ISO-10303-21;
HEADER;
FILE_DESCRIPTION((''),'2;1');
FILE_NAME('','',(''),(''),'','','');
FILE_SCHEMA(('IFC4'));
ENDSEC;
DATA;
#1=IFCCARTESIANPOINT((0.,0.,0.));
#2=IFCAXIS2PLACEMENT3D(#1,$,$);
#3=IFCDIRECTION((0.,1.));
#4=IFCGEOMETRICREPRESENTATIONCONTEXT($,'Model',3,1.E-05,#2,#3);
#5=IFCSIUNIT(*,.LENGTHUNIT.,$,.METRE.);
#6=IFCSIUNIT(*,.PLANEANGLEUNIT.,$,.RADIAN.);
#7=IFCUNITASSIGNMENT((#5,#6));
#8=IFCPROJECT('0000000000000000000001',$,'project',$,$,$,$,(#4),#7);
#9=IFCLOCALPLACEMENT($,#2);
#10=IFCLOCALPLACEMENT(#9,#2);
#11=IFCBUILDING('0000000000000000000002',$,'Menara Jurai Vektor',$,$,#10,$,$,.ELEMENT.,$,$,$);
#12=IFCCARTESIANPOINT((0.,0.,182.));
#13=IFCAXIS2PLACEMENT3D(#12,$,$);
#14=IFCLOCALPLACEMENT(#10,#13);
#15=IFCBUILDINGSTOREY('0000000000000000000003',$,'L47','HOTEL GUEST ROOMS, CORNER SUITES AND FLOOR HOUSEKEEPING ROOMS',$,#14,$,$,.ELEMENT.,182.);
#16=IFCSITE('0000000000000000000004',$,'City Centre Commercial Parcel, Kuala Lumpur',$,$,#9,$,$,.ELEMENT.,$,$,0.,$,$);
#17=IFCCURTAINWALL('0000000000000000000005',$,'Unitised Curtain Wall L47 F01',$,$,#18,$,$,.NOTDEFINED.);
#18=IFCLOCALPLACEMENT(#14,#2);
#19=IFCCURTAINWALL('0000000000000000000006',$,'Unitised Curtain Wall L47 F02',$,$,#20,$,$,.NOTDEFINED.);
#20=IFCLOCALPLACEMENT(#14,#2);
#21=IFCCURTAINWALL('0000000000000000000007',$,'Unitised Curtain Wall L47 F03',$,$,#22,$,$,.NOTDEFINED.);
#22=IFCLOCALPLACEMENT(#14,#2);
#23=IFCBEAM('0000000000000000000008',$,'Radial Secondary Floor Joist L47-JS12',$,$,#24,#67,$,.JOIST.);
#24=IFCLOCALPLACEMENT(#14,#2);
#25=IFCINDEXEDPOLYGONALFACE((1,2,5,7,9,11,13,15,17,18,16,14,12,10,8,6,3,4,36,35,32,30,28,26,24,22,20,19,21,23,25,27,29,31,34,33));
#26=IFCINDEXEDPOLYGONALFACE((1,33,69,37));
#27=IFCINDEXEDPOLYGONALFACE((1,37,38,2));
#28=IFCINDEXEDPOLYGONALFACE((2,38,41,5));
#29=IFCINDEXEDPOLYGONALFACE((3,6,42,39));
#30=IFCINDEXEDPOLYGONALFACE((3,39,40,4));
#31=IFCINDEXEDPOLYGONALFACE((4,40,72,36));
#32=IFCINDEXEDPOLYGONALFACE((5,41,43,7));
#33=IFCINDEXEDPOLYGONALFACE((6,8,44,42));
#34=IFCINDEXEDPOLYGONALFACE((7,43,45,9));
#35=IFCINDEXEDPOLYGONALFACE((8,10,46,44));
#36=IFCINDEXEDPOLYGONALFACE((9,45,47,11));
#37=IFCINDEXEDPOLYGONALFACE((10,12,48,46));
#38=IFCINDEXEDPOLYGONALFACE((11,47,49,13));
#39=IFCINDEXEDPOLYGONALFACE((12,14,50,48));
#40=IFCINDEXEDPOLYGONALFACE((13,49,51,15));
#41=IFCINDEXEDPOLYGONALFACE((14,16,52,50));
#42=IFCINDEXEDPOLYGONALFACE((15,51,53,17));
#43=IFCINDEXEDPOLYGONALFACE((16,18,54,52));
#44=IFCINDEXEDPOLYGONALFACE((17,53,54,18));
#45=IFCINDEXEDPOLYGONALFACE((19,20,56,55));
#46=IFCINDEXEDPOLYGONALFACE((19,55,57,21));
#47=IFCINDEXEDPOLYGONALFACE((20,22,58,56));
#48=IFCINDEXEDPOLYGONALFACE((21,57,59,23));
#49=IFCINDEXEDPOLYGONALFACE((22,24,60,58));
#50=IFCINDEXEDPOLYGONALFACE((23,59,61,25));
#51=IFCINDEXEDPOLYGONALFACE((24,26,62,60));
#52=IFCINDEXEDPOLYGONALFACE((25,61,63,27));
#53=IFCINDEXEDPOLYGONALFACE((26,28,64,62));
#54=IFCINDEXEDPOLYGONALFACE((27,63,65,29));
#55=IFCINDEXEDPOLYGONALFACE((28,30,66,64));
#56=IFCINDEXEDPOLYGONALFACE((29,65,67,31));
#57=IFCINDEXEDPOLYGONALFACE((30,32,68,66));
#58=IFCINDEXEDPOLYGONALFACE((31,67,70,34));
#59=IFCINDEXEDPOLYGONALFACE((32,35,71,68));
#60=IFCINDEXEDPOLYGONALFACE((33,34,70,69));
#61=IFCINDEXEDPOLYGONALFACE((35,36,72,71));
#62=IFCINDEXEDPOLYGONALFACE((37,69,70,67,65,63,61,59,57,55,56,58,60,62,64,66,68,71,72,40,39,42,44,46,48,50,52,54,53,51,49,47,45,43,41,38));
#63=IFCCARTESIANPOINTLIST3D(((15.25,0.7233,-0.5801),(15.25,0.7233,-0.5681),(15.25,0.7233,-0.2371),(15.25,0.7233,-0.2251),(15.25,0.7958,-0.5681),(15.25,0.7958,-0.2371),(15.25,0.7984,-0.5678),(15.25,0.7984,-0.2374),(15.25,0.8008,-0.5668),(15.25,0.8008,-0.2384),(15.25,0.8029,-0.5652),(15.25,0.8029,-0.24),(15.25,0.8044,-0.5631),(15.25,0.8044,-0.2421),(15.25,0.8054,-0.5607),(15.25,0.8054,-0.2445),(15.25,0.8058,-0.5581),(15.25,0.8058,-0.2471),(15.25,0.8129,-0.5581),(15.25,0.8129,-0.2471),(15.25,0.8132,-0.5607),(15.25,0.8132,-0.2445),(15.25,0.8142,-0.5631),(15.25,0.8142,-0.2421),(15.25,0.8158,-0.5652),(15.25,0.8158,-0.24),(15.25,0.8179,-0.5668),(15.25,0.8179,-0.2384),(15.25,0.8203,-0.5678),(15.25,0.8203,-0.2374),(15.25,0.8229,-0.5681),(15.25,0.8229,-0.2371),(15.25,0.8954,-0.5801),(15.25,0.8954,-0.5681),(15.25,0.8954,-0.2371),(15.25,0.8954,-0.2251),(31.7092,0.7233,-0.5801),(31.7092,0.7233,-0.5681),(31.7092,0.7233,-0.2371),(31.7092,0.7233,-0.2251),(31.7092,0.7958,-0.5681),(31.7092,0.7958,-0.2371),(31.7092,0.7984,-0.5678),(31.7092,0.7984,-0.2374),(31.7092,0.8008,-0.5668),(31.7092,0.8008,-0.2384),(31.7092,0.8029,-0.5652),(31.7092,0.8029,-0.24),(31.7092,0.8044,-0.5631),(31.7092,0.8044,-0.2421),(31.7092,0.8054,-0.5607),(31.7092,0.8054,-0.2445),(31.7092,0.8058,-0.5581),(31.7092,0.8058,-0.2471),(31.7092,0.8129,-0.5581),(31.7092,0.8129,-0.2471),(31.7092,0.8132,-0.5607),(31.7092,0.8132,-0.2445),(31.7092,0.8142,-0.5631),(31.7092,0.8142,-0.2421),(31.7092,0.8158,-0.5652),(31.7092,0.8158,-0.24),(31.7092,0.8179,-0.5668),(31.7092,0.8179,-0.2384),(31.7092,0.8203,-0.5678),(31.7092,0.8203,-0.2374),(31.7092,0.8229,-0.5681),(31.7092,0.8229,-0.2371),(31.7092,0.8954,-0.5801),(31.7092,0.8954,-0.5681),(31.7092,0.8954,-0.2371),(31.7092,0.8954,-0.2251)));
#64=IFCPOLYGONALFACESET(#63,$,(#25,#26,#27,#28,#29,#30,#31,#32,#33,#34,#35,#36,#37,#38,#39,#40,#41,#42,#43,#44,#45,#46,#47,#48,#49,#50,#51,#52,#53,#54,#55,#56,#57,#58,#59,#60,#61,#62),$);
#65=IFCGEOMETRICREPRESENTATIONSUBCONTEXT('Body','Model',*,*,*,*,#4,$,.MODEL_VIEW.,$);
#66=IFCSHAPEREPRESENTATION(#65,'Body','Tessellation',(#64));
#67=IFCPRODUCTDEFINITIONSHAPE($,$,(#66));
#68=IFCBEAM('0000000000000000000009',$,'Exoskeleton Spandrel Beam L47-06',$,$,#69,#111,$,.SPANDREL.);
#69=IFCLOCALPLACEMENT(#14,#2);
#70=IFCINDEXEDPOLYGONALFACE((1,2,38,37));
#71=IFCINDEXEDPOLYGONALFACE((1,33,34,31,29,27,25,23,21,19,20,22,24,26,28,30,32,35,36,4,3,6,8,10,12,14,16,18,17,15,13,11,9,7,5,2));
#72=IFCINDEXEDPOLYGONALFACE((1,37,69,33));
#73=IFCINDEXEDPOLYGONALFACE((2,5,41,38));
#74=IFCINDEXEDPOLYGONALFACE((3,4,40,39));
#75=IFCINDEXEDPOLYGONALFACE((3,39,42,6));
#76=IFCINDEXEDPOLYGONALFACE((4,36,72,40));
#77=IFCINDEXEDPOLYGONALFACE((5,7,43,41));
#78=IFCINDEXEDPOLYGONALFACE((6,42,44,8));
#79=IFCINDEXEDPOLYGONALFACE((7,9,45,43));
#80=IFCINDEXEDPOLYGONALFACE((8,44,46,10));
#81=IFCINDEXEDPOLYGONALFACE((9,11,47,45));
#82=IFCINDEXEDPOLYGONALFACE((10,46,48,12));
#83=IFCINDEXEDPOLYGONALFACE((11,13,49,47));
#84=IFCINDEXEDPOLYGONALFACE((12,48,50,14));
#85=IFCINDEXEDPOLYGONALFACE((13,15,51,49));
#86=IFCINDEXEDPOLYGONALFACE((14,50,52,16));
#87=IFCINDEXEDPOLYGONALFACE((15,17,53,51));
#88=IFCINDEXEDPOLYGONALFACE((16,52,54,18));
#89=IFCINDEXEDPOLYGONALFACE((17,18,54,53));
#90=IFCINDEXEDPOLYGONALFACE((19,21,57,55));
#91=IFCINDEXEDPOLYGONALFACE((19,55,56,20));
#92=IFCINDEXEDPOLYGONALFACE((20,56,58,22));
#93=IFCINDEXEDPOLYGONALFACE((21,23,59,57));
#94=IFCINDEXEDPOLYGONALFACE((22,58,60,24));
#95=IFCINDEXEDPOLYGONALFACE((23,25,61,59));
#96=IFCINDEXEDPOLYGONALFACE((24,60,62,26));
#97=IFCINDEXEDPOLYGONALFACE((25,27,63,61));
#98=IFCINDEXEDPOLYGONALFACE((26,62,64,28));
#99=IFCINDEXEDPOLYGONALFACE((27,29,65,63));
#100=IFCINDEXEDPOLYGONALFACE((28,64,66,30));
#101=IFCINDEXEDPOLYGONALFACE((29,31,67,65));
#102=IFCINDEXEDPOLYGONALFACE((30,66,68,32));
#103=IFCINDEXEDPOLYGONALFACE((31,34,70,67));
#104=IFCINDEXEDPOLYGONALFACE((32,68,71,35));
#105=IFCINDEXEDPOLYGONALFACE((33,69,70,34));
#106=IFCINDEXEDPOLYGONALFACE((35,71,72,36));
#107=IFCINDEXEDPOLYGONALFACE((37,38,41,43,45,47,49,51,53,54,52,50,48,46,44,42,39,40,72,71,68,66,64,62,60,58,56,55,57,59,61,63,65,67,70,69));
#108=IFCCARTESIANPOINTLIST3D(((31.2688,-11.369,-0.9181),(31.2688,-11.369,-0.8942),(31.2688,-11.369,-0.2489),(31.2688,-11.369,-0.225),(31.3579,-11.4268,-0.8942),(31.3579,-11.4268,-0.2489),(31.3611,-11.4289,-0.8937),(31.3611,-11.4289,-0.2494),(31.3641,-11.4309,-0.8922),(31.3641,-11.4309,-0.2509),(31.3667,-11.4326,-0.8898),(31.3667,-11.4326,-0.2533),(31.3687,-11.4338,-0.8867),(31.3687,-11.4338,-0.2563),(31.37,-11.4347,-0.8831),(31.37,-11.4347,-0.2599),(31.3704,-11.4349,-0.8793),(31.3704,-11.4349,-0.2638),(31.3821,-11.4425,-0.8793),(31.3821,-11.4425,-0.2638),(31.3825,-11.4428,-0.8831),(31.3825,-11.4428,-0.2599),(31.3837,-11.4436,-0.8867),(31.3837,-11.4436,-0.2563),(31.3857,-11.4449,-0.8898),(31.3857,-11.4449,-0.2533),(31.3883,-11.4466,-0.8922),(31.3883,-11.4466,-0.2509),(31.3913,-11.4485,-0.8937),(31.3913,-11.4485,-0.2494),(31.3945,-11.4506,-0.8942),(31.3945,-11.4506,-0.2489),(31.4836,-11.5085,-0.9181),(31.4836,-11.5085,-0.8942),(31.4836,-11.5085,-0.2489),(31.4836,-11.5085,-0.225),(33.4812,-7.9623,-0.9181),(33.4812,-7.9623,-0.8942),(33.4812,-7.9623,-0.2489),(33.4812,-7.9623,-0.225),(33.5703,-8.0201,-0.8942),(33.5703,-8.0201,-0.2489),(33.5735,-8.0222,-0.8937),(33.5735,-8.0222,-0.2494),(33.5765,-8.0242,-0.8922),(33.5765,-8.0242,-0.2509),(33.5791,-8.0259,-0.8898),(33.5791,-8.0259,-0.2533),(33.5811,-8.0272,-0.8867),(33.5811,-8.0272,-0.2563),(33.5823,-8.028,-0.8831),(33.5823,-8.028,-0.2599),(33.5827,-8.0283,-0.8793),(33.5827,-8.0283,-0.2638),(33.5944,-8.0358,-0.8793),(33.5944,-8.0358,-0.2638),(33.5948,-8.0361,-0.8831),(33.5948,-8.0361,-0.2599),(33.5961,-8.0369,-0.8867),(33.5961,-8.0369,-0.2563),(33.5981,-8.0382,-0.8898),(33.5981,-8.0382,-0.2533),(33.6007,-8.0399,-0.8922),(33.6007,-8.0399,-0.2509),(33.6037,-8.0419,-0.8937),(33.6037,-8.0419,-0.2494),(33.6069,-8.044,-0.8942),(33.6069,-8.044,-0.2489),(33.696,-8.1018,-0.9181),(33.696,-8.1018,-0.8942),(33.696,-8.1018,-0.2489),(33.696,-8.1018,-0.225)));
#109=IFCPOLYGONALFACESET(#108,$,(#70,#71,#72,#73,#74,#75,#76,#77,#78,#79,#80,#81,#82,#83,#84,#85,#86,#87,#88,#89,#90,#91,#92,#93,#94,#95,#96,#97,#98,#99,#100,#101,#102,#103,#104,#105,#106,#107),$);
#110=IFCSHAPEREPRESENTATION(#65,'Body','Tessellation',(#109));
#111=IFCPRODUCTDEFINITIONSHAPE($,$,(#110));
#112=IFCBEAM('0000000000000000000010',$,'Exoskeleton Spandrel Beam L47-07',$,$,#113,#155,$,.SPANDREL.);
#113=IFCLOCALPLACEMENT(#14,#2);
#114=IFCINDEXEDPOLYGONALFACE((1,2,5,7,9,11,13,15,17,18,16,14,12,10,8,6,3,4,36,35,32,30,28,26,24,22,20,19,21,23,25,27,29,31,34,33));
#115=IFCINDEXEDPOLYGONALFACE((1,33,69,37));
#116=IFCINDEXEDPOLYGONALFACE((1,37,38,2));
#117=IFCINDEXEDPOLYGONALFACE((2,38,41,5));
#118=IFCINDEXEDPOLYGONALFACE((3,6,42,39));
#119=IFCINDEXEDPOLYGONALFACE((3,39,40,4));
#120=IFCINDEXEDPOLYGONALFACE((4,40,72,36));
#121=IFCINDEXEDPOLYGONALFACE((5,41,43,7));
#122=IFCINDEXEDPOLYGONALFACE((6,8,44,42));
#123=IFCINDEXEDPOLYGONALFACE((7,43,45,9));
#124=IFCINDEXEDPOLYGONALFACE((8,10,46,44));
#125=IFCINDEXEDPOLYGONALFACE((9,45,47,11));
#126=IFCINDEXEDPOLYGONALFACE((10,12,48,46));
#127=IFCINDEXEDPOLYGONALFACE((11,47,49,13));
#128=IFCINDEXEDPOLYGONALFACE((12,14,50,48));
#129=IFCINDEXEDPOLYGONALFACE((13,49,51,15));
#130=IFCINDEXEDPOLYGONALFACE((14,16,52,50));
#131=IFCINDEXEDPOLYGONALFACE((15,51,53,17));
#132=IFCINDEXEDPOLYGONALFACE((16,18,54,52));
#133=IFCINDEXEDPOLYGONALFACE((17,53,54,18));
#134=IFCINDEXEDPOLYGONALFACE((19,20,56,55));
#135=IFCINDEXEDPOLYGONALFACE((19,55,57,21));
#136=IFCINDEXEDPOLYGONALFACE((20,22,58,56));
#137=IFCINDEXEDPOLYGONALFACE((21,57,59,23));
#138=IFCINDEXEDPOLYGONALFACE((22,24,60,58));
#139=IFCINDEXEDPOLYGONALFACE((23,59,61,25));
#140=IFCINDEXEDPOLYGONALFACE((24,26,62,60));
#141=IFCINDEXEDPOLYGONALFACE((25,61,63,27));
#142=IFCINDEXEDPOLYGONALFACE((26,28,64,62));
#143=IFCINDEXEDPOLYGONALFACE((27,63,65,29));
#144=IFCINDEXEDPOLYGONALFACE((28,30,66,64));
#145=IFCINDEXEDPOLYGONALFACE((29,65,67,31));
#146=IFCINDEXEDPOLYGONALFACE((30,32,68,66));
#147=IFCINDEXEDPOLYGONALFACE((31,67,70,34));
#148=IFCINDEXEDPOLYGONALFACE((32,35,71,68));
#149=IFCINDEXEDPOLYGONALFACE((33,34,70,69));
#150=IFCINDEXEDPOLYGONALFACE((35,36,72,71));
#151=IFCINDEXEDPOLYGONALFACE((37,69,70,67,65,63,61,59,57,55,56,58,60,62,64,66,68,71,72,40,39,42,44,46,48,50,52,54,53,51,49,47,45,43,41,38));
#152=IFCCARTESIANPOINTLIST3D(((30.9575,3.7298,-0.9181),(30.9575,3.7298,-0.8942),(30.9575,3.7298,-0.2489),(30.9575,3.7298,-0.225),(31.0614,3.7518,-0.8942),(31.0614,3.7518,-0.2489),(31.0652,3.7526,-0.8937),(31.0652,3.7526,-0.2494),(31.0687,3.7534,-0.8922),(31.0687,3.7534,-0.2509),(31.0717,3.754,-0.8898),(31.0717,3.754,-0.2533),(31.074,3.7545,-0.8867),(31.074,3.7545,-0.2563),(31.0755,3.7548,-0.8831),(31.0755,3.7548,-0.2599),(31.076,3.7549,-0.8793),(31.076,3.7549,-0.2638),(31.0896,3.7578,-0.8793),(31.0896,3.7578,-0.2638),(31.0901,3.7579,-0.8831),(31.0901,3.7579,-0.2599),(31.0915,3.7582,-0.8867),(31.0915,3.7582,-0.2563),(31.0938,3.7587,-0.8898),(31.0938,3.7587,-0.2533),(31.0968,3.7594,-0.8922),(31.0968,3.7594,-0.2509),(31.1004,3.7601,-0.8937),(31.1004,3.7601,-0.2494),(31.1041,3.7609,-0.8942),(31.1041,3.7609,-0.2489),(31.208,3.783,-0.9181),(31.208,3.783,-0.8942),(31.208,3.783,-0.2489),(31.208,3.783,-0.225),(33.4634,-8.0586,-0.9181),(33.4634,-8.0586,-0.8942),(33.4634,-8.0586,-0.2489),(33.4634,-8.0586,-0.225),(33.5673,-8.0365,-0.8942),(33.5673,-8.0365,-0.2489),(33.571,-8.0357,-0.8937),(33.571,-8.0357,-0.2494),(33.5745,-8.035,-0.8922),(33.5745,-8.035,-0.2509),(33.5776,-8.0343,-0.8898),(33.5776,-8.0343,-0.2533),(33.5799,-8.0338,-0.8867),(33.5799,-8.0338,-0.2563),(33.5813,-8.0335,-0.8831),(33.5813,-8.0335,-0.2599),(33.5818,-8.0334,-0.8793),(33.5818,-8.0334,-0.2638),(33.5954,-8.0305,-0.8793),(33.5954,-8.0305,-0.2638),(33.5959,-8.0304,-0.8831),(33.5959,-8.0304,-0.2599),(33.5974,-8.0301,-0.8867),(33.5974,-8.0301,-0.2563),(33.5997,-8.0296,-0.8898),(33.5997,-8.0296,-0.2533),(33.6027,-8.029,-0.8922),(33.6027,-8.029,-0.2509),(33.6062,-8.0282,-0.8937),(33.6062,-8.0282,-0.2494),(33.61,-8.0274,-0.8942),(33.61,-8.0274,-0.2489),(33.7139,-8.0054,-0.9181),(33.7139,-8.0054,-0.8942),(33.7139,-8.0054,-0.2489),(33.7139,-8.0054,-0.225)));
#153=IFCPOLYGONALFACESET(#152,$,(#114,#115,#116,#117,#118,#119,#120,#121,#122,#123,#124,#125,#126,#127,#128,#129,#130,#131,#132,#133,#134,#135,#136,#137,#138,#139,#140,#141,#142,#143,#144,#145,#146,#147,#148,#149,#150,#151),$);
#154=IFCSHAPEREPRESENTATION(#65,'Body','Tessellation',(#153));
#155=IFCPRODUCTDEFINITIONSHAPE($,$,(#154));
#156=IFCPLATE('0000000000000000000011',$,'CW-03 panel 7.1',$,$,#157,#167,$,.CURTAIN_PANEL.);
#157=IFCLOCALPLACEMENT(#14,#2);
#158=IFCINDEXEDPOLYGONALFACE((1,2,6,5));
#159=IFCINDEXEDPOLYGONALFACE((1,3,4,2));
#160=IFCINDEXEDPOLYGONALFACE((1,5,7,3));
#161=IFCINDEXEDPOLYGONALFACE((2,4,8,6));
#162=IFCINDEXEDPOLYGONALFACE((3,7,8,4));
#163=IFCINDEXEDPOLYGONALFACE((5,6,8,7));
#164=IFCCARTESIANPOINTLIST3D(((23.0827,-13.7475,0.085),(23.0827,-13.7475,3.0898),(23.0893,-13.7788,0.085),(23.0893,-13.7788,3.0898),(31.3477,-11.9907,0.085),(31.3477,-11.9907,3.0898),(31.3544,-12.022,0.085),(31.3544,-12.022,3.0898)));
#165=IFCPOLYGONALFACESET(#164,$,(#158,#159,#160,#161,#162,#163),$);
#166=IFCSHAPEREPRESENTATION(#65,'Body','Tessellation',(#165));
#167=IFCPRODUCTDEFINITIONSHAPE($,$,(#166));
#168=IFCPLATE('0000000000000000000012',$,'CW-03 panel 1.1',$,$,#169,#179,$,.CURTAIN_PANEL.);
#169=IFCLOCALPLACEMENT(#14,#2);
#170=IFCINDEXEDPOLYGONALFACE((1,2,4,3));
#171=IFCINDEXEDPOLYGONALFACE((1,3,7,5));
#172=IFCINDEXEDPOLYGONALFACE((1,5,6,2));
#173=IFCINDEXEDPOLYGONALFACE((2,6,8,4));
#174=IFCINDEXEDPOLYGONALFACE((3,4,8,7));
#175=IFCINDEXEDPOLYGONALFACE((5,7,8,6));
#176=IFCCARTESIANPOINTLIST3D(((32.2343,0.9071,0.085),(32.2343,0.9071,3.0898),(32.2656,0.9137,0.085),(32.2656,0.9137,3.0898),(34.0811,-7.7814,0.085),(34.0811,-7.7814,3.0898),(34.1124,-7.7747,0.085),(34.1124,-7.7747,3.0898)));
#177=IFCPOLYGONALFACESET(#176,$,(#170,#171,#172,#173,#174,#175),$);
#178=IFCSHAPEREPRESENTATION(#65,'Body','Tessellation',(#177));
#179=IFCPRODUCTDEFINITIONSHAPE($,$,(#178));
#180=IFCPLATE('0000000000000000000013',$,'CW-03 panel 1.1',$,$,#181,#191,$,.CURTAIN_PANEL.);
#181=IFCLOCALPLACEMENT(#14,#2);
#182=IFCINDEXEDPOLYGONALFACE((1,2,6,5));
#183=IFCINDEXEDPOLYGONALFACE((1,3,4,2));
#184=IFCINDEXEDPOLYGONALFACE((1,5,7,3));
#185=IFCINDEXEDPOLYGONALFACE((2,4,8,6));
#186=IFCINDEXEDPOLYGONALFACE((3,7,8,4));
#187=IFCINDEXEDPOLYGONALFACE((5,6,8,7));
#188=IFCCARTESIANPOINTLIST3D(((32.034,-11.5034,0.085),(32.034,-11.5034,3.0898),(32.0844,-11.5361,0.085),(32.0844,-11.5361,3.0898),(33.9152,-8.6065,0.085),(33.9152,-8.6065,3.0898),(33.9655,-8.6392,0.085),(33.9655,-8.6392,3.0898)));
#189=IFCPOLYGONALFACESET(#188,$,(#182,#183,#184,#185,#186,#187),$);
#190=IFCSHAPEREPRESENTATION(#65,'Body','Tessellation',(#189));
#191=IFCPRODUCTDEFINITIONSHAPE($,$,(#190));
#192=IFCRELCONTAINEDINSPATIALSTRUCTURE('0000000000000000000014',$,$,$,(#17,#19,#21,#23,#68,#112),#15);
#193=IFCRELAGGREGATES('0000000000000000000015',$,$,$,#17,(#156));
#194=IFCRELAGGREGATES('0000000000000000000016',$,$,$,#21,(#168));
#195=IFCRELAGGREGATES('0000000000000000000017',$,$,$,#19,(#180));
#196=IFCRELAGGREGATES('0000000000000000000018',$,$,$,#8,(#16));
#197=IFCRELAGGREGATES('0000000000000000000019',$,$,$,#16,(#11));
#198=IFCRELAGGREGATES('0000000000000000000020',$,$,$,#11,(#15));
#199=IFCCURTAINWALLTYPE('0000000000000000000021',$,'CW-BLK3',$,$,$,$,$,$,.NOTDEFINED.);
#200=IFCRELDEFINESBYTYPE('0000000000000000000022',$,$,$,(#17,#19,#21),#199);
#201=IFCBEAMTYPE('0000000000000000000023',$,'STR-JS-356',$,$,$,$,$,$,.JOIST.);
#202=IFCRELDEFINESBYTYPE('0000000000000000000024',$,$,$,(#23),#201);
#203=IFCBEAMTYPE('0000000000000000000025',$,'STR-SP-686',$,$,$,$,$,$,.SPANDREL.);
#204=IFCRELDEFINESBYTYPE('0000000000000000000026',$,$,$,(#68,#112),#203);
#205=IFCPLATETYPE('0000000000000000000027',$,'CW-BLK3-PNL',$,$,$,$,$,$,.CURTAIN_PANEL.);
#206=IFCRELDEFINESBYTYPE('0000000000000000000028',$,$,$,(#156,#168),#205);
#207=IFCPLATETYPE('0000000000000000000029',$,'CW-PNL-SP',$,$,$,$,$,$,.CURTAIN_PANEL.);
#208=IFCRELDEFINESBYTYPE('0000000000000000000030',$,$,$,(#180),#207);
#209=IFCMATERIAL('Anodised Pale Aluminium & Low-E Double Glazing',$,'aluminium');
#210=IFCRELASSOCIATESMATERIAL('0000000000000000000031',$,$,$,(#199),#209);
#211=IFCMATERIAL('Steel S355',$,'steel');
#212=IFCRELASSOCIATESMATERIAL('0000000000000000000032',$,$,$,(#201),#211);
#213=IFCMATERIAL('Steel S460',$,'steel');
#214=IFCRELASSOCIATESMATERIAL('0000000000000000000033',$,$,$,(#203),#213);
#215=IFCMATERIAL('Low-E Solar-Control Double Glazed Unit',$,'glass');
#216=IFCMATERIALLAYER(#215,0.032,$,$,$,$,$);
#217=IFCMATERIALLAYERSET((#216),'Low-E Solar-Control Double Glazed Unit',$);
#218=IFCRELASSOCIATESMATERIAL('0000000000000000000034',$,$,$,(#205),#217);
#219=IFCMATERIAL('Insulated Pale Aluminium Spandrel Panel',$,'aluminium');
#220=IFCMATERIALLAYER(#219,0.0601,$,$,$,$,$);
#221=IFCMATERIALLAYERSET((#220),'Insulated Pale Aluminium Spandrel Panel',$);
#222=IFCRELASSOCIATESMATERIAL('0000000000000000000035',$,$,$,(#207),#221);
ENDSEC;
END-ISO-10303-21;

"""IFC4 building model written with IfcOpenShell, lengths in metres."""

from ifc_helpers import new_model, si_unit, direction, frame, origin, origin_2d, place, context, subcontext, project, spatial, rectangle, i_section, extrude, material, layer, layer_set, material_profile, profile_set, type_object, element, aggregate, save


model = new_model("IFC4")

# Units and contexts
model_context = context("Model", 3, precision=1e-05, world=origin(), true_north=direction((0.0, 1.0)))
body_context = subcontext(model_context, "Body", "Model", "MODEL_VIEW")
ifc_project = project(units=[si_unit("LENGTHUNIT", "METRE"), si_unit("PLANEANGLEUNIT", "RADIAN")], contexts=[model_context])

# Site, building, storey
site_placement = place(None, origin())
site = spatial("IfcSite", under=ifc_project, at=site_placement, Name="City Centre Commercial Parcel, Kuala Lumpur", CompositionType="ELEMENT", RefElevation=0.0)
building_placement = place(site_placement, origin())
building = spatial("IfcBuilding", under=site, at=building_placement, Name="Menara Jurai Vektor", CompositionType="ELEMENT")
storey_placement = place(building_placement, frame((0.0, 0.0, 182.0)))
storey = spatial("IfcBuildingStorey", under=building, at=storey_placement, Name="L47", Description="HOTEL GUEST ROOMS, CORNER SUITES AND FLOOR HOUSEKEEPING ROOMS", CompositionType="ELEMENT", Elevation=182.0)

# Shared definitions
ifc_material_1 = material(Name="Steel S460", Category="steel")

# Curtain wall
ifc_material_2 = material(Name="Anodised Pale Aluminium & Low-E Double Glazing", Category="aluminium")
curtain_wall_type = type_object("IfcCurtainWallType", Name="CW-BLK3", PredefinedType="NOTDEFINED", material=ifc_material_2)
curtain_wall_1_placement = place(storey_placement, origin())
curtain_wall_1 = element("IfcCurtainWall", 1, at=curtain_wall_1_placement, inside=storey, type_object=curtain_wall_type, Name="Unitised Curtain Wall L47 F01", PredefinedType="NOTDEFINED")

# Curtain walls
curtain_wall_2_placement = place(storey_placement, origin())
curtain_wall_2 = element("IfcCurtainWall", 2, at=curtain_wall_2_placement, inside=storey, type_object=curtain_wall_type, Name="Unitised Curtain Wall L47 F02", PredefinedType="NOTDEFINED")
curtain_wall_3_placement = place(storey_placement, origin())
curtain_wall_3 = element("IfcCurtainWall", 3, at=curtain_wall_3_placement, inside=storey, type_object=curtain_wall_type, Name="Unitised Curtain Wall L47 F03", PredefinedType="NOTDEFINED")

# Shared definitions
ifc_material_3 = material(Name="Steel S355", Category="steel")

# Beams
ifc_material_profile_1 = material_profile(ifc_material_3, i_section(OverallWidth=0.1721, OverallDepth=0.355, WebThickness=0.0071, FlangeThickness=0.012, FilletRadius=0.01, at=origin_2d()), Name="UKB 356x171x51")
ifc_profile_set_1 = profile_set([ifc_material_profile_1], Name="Steel S355")
beam_type_1 = type_object("IfcBeamType", Name="STR-JS-356", PredefinedType="JOIST", material=ifc_profile_set_1)
beam_1_placement = place(storey_placement, frame((31.7092, 0.8093, -0.4026), z_axis=(-1.0, 0.0, 0.0), x_axis=(0.0, -1.0, 0.0)))
element("IfcBeam", 4, at=beam_1_placement, inside=storey, type_object=beam_type_1, Name="Radial Secondary Floor Joist L47-JS12", PredefinedType="JOIST", context=body_context, shape_type="SweptSolid", body=[
    extrude(i_section(OverallWidth=0.1721, OverallDepth=0.355, WebThickness=0.0071, FlangeThickness=0.012, FilletRadius=0.01, at=origin_2d()), origin(), (0.0, 0.0, 1.0), 16.4592),
])
ifc_material_profile_2 = material_profile(ifc_material_1, i_section(OverallWidth=0.2561, OverallDepth=0.6931, WebThickness=0.0139, FlangeThickness=0.0239, FilletRadius=0.0149, at=origin_2d()), Name="UKB 686x254x170")
ifc_profile_set_2 = profile_set([ifc_material_profile_2], Name="Steel S460")
beam_type_2 = type_object("IfcBeamType", Name="STR-SP-686", PredefinedType="SPANDREL", material=ifc_profile_set_2)
beam_2_placement = place(storey_placement, frame((31.3762, -11.4387, -0.5715), z_axis=(0.544646, 0.838666, 0.0), x_axis=(-0.838666, 0.544646, 0.0)))
element("IfcBeam", 5, at=beam_2_placement, inside=storey, type_object=beam_type_2, Name="Exoskeleton Spandrel Beam L47-06", PredefinedType="SPANDREL", context=body_context, shape_type="SweptSolid", body=[
    extrude(i_section(OverallWidth=0.2561, OverallDepth=0.6931, WebThickness=0.0139, FlangeThickness=0.0239, FilletRadius=0.0149, at=origin_2d()), origin(), (0.0, 0.0, 1.0), 4.062),
])
beam_3_placement = place(storey_placement, frame((33.5886, -8.032, -0.5715), z_axis=(-0.207925, 0.978145, 0.0), x_axis=(-0.978145, -0.207925, 0.0)))
element("IfcBeam", 6, at=beam_3_placement, inside=storey, type_object=beam_type_2, Name="Exoskeleton Spandrel Beam L47-07", PredefinedType="SPANDREL", context=body_context, shape_type="SweptSolid", body=[
    extrude(i_section(OverallWidth=0.2561, OverallDepth=0.6931, WebThickness=0.0139, FlangeThickness=0.0239, FilletRadius=0.0149, at=origin_2d()), origin(), (0.0, 0.0, 1.0), 12.0518),
])

# Plates
ifc_material_4 = material(Name="Low-E Solar-Control Double Glazed Unit", Category="glass")
ifc_layer_1 = layer(ifc_material_4, 0.032)
ifc_layer_set_1 = layer_set([ifc_layer_1], Name="Low-E Solar-Control Double Glazed Unit")
plate_type_1 = type_object("IfcPlateType", Name="CW-BLK3-PNL", PredefinedType="CURTAIN_PANEL", material=ifc_layer_set_1)
plate_1_placement = place(storey_placement, frame((27.2185, -12.8848, 0.085), z_axis=(0.0, 0.0, 1.0), x_axis=(0.978148, 0.207911, 0.0)))
plate_1 = element("IfcPlate", 7, at=plate_1_placement, type_object=plate_type_1, Name="CW-03 panel 7.1", PredefinedType="CURTAIN_PANEL", context=body_context, shape_type="SweptSolid", body=[
    extrude(rectangle(XDim=8.4497, YDim=0.032, at=origin_2d()), origin(), (0.0, 0.0, 1.0), 3.0049),
])
aggregate(curtain_wall_1, [plate_1])
plate_2_placement = place(storey_placement, frame((33.1733, -3.4338, 0.085), z_axis=(0.0, 0.0, 1.0), x_axis=(-0.20791, 0.978148, 0.0)))
plate_2 = element("IfcPlate", 8, at=plate_2_placement, type_object=plate_type_1, Name="CW-03 panel 1.1", PredefinedType="CURTAIN_PANEL", context=body_context, shape_type="SweptSolid", body=[
    extrude(rectangle(XDim=8.8826, YDim=0.032, at=origin_2d()), origin(), (0.0, 0.0, 1.0), 3.0049),
])
aggregate(curtain_wall_3, [plate_2])
ifc_material_5 = material(Name="Insulated Pale Aluminium Spandrel Panel", Category="aluminium")
ifc_layer_2 = layer(ifc_material_5, 0.0601)
ifc_layer_set_2 = layer_set([ifc_layer_2], Name="Insulated Pale Aluminium Spandrel Panel")
plate_type_2 = type_object("IfcPlateType", Name="CW-PNL-SP", PredefinedType="CURTAIN_PANEL", material=ifc_layer_set_2)
plate_3_placement = place(storey_placement, frame((32.9998, -10.0713, 0.085), z_axis=(0.0, 0.0, 1.0), x_axis=(0.544618, 0.838684, 0.0)))
plate_3 = element("IfcPlate", 9, at=plate_3_placement, type_object=plate_type_2, Name="CW-03 panel 1.1", PredefinedType="CURTAIN_PANEL", context=body_context, shape_type="SweptSolid", body=[
    extrude(rectangle(XDim=3.4541, YDim=0.0601, at=origin_2d()), origin(), (0.0, 0.0, 1.0), 3.0049),
])
aggregate(curtain_wall_2, [plate_3])

save(model, "model.ifc")
